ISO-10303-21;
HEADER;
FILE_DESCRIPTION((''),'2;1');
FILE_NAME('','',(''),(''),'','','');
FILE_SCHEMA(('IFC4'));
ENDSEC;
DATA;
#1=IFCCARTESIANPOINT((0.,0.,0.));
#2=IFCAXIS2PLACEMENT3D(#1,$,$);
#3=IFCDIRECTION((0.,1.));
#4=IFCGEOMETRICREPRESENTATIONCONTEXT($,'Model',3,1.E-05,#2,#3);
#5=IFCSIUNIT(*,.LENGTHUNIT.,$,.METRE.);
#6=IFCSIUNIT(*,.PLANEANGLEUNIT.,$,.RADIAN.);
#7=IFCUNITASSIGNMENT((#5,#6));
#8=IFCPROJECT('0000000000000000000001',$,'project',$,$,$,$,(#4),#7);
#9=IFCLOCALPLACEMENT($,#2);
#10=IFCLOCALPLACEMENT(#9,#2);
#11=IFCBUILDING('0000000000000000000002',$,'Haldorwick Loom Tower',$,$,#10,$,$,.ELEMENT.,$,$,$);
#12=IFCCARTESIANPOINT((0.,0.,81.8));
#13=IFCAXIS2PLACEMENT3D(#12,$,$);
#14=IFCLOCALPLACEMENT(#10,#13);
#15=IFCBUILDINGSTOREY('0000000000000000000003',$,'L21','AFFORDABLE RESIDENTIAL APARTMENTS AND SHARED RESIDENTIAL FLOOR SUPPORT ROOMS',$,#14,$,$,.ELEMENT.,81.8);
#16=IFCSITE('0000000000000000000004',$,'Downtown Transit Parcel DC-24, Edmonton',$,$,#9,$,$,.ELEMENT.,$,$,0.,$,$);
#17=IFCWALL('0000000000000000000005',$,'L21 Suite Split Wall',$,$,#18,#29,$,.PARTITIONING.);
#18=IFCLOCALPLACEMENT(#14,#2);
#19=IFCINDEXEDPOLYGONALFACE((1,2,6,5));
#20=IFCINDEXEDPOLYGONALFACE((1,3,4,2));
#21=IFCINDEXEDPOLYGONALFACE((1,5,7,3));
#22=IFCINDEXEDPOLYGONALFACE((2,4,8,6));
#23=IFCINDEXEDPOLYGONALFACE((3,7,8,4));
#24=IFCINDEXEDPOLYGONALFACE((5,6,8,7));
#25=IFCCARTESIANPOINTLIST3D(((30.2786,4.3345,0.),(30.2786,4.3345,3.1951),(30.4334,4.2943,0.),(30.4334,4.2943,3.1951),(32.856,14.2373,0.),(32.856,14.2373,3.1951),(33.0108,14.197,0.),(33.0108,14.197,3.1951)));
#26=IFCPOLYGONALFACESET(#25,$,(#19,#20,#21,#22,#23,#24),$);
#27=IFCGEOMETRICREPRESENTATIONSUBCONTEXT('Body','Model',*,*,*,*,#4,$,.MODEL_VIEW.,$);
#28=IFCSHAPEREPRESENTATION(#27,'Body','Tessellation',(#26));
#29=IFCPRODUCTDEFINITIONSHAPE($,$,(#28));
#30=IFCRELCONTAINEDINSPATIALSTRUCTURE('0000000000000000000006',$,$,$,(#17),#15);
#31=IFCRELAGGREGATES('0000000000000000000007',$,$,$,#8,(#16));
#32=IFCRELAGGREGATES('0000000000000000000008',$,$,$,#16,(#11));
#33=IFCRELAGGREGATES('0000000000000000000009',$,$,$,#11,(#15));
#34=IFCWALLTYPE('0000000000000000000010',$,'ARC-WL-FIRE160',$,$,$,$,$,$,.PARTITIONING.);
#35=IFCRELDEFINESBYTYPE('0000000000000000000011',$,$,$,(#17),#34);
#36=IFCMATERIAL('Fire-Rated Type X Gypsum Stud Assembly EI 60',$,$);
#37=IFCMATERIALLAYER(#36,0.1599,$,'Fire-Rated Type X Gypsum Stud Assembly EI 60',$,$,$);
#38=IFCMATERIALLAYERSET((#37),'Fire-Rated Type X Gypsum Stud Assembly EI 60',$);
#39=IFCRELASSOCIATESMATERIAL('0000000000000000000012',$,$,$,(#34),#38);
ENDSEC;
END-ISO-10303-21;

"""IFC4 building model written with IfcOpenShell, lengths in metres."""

from ifc_helpers import new_model, si_unit, direction, frame, frame_2d, origin, place, context, subcontext, project, spatial, rectangle, extrude, material, layer, layer_set, type_object, element, save


model = new_model("IFC4")

# Units and contexts
model_context = context("Model", 3, precision=1e-05, world=origin(), true_north=direction((0.0, 1.0)))
body_context = subcontext(model_context, "Body", "Model", "MODEL_VIEW")
ifc_project = project(units=[si_unit("LENGTHUNIT", "METRE"), si_unit("PLANEANGLEUNIT", "RADIAN")], contexts=[model_context])

# Site, building, storey
site_placement = place(None, origin())
site = spatial("IfcSite", under=ifc_project, at=site_placement, Name="Downtown Transit Parcel DC-24, Edmonton", CompositionType="ELEMENT", RefElevation=0.0)
building_placement = place(site_placement, origin())
building = spatial("IfcBuilding", under=site, at=building_placement, Name="Haldorwick Loom Tower", CompositionType="ELEMENT")
storey_placement = place(building_placement, frame((0.0, 0.0, 81.8)))
storey = spatial("IfcBuildingStorey", under=building, at=storey_placement, Name="L21", Description="AFFORDABLE RESIDENTIAL APARTMENTS AND SHARED RESIDENTIAL FLOOR SUPPORT ROOMS", CompositionType="ELEMENT", Elevation=81.8)

# Wall
ifc_material_1 = material(Name="Fire-Rated Type X Gypsum Stud Assembly EI 60")
ifc_layer_1 = layer(ifc_material_1, 0.1599, Name="Fire-Rated Type X Gypsum Stud Assembly EI 60")
ifc_layer_set_1 = layer_set([ifc_layer_1], Name="Fire-Rated Type X Gypsum Stud Assembly EI 60")
wall_type = type_object("IfcWallType", Name="ARC-WL-FIRE160", PredefinedType="PARTITIONING", material=ifc_layer_set_1)
wall_1_placement = place(storey_placement, frame((32.9333, 14.217, 0.0), z_axis=(0.0, 0.0, 1.0), x_axis=(-0.251877, -0.967759, 0.0)))
element("IfcWall", 1, at=wall_1_placement, inside=storey, type_object=wall_type, Name="L21 Suite Split Wall", PredefinedType="PARTITIONING", context=body_context, shape_type="SweptSolid", body=[
    extrude(rectangle(XDim=10.2327, YDim=0.1599, at=frame_2d((5.1162, 0.0))), origin(), (0.0, 0.0, 1.0), 3.1951),
])

save(model, "model.ifc")
